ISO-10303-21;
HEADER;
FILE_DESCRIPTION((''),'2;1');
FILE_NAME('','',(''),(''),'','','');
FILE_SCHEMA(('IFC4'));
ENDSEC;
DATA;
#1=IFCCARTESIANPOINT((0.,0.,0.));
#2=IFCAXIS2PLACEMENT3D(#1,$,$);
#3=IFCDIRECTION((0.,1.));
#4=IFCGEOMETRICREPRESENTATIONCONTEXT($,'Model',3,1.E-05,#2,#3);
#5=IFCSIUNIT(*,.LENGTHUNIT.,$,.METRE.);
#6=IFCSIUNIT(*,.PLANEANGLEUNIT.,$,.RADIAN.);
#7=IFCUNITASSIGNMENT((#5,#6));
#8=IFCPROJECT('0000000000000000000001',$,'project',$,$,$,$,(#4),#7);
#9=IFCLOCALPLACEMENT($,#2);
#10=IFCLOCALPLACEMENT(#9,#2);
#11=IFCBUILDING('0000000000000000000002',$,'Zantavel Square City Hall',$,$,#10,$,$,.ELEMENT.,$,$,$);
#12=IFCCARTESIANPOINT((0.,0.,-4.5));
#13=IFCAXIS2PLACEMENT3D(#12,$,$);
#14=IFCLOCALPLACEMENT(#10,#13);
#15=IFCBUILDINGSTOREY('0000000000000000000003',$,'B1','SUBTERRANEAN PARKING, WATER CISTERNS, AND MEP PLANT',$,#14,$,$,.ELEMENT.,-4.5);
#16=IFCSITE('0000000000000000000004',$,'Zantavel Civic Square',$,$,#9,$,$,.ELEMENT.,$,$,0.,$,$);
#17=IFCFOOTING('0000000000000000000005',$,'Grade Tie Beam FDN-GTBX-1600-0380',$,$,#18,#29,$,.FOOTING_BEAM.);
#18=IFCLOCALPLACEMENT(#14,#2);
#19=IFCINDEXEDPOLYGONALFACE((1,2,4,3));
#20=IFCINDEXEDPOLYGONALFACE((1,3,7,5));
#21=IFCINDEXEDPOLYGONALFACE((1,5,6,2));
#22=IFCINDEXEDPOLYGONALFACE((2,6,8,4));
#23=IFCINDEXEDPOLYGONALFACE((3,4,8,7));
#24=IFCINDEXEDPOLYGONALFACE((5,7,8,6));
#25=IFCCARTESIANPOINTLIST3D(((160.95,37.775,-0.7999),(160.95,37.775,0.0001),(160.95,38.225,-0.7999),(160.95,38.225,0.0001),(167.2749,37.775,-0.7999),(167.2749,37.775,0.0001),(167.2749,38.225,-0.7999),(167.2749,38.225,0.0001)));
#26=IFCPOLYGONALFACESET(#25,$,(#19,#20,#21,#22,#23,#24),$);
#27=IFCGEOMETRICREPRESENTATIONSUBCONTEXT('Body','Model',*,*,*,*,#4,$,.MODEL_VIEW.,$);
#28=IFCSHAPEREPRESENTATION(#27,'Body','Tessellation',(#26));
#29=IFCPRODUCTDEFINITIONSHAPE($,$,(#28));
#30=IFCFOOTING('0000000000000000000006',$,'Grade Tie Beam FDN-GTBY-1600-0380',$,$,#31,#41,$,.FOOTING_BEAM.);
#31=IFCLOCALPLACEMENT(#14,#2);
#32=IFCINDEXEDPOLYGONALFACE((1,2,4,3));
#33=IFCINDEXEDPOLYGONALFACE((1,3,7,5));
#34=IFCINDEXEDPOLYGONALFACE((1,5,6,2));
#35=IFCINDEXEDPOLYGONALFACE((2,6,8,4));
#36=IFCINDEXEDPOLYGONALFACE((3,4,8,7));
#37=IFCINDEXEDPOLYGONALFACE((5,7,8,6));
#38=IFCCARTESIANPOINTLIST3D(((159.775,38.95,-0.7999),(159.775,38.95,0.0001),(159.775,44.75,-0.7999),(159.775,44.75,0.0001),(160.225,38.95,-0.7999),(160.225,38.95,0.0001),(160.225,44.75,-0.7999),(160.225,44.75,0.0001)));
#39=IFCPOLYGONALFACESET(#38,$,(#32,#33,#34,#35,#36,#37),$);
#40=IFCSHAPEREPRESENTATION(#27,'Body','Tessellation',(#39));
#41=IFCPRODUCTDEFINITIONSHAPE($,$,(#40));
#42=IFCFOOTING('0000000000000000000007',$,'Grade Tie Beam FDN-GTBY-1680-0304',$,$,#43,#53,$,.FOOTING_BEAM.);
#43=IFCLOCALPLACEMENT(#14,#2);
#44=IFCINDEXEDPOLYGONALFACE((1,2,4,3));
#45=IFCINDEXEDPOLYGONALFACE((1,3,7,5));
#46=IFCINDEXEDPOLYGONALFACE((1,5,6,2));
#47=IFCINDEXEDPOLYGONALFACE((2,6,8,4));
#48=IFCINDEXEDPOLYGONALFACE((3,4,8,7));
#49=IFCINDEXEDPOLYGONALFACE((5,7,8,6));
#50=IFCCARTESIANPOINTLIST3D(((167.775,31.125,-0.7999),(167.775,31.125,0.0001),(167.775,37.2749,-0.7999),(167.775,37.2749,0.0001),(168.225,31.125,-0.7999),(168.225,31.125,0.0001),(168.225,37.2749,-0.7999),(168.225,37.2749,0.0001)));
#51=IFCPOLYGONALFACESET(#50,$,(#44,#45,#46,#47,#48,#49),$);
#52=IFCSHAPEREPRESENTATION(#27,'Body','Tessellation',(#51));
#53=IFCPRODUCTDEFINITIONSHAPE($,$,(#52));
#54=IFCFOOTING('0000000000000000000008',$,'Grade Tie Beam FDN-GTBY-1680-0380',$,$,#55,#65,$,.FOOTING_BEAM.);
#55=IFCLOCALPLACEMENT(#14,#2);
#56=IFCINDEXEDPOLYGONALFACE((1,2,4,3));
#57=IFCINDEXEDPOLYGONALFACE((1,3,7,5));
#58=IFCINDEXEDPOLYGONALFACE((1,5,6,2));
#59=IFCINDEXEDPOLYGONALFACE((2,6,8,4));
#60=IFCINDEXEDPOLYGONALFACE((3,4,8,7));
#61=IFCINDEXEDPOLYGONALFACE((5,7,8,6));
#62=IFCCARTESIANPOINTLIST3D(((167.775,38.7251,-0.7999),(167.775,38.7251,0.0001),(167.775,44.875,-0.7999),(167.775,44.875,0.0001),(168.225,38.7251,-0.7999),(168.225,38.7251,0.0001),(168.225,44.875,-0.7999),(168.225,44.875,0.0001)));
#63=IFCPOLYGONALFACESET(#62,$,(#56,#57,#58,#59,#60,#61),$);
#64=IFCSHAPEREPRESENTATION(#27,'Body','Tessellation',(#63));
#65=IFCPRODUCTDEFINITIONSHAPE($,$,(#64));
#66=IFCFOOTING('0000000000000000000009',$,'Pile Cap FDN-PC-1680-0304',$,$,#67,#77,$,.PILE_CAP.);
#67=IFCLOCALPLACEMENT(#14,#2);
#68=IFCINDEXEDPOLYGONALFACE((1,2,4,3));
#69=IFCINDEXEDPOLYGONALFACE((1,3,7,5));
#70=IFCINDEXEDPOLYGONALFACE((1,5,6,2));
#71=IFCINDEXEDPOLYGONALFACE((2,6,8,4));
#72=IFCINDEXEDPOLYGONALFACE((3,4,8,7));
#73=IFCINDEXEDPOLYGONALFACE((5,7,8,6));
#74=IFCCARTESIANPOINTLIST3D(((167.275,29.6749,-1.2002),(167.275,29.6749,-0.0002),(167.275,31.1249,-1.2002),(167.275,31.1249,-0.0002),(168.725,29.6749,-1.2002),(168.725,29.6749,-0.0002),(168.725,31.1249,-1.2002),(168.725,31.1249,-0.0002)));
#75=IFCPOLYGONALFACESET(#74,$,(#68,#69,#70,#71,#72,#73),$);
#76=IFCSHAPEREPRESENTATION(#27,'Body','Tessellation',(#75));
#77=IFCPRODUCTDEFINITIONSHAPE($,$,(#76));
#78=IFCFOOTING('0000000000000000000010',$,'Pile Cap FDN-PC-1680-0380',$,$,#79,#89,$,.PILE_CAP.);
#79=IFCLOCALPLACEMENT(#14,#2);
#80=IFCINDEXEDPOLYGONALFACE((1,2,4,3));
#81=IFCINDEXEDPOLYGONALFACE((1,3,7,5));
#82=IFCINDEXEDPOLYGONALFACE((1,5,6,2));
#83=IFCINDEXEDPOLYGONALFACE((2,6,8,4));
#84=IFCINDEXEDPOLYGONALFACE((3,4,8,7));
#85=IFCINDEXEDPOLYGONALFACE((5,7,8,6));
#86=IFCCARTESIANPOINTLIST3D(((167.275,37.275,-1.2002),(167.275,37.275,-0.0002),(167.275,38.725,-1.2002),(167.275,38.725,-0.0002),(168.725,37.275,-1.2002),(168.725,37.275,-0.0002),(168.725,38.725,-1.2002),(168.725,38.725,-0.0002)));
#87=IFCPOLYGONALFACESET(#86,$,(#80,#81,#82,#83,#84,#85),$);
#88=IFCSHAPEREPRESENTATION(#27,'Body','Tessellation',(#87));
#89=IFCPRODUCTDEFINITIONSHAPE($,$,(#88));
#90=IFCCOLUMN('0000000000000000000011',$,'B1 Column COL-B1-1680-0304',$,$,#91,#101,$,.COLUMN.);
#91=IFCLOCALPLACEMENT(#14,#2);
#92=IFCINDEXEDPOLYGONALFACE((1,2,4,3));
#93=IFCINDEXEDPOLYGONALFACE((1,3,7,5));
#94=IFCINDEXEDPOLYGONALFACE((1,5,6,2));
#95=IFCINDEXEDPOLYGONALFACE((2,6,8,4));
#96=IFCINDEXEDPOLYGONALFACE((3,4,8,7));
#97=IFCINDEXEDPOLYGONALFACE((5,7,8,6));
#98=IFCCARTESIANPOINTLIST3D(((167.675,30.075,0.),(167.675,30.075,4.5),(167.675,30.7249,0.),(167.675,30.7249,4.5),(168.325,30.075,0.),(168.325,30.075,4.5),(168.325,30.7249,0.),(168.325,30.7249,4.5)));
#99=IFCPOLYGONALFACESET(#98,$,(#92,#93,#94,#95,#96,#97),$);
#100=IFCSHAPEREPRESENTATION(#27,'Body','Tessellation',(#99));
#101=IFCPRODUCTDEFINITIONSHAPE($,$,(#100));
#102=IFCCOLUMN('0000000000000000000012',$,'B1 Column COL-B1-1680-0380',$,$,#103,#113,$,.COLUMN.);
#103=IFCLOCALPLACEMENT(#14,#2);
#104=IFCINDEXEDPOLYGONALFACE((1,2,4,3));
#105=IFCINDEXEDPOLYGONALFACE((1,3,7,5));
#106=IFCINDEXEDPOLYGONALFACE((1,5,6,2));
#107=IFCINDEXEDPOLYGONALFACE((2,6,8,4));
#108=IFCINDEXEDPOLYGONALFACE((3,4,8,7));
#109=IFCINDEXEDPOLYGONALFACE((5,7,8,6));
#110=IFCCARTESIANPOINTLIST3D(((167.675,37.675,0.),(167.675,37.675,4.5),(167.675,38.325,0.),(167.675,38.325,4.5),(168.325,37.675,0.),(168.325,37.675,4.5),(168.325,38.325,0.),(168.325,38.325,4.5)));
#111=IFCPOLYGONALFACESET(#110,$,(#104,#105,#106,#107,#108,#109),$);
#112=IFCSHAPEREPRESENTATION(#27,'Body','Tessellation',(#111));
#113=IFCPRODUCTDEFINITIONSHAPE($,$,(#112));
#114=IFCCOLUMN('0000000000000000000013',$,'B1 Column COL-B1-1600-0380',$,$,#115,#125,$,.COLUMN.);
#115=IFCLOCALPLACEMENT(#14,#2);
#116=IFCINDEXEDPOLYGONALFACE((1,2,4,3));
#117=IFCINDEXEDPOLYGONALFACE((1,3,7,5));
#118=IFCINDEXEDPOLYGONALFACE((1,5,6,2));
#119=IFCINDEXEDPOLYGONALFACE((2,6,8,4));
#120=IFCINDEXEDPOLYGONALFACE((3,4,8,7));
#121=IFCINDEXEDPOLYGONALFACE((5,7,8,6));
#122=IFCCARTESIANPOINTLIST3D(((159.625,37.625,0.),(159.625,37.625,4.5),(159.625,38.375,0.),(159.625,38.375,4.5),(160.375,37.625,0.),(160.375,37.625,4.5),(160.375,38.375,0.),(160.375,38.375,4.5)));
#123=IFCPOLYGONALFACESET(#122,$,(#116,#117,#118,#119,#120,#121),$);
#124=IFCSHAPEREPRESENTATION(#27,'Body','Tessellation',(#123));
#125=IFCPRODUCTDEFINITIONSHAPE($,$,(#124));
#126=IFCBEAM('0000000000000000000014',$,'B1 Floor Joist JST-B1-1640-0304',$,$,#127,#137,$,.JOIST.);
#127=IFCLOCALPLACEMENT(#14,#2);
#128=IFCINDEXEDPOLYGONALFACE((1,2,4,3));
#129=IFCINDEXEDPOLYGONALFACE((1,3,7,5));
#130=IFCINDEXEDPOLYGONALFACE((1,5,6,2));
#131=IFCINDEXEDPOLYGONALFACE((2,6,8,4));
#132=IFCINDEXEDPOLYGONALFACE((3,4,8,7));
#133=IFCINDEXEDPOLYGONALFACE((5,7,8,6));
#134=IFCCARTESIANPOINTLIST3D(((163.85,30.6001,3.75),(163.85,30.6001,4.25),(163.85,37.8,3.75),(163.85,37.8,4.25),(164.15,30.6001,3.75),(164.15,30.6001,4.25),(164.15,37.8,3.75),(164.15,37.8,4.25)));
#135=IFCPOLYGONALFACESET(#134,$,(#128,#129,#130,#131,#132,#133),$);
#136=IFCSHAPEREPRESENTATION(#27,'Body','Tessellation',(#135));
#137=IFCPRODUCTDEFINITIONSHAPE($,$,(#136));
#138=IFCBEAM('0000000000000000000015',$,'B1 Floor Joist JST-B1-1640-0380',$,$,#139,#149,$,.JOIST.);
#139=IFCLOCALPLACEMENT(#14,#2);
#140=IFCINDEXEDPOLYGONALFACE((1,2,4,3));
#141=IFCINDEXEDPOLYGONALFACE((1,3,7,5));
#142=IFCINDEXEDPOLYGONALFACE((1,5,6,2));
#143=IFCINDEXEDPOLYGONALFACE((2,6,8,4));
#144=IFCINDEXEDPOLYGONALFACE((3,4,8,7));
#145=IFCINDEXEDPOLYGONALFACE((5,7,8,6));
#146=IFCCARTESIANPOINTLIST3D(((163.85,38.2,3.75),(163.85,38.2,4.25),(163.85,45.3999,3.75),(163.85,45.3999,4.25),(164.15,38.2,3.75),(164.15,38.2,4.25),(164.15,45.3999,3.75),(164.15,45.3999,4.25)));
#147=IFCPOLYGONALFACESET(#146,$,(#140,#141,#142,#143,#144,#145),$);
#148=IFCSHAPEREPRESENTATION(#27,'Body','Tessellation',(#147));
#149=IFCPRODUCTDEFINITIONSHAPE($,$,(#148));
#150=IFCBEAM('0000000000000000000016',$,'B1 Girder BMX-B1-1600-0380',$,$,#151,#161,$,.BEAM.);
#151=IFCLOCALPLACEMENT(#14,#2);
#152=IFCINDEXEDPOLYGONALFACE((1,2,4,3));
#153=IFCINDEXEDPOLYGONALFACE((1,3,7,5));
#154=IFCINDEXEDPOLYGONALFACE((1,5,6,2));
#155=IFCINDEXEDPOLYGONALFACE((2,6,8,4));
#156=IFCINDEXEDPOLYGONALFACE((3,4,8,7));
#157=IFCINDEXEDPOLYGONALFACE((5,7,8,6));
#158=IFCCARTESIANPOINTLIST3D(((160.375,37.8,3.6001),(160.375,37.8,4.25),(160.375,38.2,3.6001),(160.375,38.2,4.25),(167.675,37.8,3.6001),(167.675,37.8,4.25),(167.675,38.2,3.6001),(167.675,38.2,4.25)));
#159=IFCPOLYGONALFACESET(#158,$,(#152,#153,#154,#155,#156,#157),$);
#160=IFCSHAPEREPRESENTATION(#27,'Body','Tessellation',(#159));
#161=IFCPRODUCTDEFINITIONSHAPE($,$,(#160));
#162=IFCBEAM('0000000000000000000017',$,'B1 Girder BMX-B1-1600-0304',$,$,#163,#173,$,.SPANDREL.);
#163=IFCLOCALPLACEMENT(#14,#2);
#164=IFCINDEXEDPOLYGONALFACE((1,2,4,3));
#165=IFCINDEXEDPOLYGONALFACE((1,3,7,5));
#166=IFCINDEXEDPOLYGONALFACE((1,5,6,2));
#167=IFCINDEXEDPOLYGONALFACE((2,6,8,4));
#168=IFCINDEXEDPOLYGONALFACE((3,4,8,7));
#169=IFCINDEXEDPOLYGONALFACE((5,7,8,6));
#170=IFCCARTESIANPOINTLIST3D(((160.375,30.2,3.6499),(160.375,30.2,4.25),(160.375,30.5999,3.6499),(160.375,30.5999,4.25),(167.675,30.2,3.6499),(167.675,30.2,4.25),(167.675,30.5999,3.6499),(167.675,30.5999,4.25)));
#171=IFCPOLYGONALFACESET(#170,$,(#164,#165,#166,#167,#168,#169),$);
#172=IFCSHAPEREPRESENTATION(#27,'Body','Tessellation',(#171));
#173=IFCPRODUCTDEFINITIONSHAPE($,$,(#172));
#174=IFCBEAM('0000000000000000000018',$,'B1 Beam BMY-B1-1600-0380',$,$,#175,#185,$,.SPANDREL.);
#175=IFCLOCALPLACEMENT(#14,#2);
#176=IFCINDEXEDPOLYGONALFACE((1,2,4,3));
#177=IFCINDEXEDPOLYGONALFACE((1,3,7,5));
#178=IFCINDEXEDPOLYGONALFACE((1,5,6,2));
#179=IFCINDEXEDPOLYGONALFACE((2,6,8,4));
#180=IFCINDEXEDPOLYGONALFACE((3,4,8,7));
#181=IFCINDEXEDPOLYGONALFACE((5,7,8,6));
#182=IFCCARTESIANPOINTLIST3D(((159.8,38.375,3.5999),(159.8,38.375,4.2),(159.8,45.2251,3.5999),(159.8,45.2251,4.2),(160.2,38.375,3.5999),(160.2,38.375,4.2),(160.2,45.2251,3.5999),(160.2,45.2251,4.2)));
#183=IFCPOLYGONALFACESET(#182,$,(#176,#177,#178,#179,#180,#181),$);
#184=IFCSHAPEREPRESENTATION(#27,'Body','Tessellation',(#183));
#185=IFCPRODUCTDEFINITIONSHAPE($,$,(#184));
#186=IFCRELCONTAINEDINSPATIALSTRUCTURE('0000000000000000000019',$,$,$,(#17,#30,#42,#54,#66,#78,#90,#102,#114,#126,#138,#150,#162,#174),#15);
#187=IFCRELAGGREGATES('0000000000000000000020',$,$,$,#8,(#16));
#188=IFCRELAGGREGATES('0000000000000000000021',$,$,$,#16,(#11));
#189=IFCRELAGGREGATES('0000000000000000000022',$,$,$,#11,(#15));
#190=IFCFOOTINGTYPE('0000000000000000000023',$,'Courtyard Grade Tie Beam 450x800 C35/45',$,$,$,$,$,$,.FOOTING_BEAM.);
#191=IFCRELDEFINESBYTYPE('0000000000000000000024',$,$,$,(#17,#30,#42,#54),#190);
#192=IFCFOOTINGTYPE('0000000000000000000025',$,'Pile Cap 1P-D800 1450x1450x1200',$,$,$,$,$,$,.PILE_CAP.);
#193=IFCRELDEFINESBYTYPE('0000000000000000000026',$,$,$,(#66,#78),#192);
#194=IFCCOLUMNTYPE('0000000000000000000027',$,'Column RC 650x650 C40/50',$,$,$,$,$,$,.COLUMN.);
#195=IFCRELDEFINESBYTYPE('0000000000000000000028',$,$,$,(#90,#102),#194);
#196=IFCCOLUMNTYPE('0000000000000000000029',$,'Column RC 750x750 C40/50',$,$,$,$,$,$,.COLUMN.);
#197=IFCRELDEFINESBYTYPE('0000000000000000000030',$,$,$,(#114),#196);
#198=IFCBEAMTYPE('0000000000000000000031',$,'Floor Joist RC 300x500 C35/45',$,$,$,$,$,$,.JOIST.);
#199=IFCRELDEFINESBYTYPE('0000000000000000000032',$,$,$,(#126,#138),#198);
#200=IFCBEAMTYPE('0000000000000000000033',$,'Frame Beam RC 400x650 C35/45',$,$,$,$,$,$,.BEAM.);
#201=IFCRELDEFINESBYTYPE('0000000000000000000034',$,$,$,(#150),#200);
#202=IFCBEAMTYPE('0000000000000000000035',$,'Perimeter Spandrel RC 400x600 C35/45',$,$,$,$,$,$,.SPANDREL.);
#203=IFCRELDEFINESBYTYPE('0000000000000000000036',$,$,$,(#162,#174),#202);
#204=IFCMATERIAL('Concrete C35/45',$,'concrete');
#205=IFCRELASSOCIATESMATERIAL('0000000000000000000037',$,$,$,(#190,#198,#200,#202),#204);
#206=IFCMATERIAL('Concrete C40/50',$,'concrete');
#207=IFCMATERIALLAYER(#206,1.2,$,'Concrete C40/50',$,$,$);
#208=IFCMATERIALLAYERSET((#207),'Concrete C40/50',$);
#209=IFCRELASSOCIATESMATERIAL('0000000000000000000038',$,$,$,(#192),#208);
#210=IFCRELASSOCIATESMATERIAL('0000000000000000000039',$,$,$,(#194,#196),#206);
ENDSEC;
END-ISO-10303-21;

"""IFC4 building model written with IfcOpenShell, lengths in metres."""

from ifc_helpers import new_model, si_unit, direction, frame, origin, origin_2d, place, context, subcontext, project, spatial, rectangle, extrude, material, layer, layer_set, material_profile, profile_set, type_object, element, save


model = new_model("IFC4")

# Units and contexts
model_context = context("Model", 3, precision=1e-05, world=origin(), true_north=direction((0.0, 1.0)))
body_context = subcontext(model_context, "Body", "Model", "MODEL_VIEW")
ifc_project = project(units=[si_unit("LENGTHUNIT", "METRE"), si_unit("PLANEANGLEUNIT", "RADIAN")], contexts=[model_context])

# Site, building, storey
site_placement = place(None, origin())
site = spatial("IfcSite", under=ifc_project, at=site_placement, Name="Zantavel Civic Square", CompositionType="ELEMENT", RefElevation=0.0)
building_placement = place(site_placement, origin())
building = spatial("IfcBuilding", under=site, at=building_placement, Name="Zantavel Square City Hall", CompositionType="ELEMENT")
storey_placement = place(building_placement, frame((0.0, 0.0, -4.5)))
storey = spatial("IfcBuildingStorey", under=building, at=storey_placement, Name="B1", Description="SUBTERRANEAN PARKING, WATER CISTERNS, AND MEP PLANT", CompositionType="ELEMENT", Elevation=-4.5)

# Shared definitions
ifc_material_1 = material(Name="Concrete C35/45", Category="concrete")

# Footings
ifc_material_profile_1 = material_profile(ifc_material_1, rectangle(XDim=0.45, YDim=0.8, at=origin_2d()), Name="RC 450x800")
ifc_profile_set_1 = profile_set([ifc_material_profile_1], Name="Concrete C35/45")
footing_type_1 = type_object("IfcFootingType", Name="Courtyard Grade Tie Beam 450x800 C35/45", PredefinedType="FOOTING_BEAM", material=ifc_profile_set_1)
footing_1_placement = place(storey_placement, frame((160.95, 38.0, -0.3999), z_axis=(1.0, 0.0, 0.0), x_axis=(0.0, 1.0, 0.0)))
element("IfcFooting", 1, at=footing_1_placement, inside=storey, type_object=footing_type_1, Name="Grade Tie Beam FDN-GTBX-1600-0380", PredefinedType="FOOTING_BEAM", context=body_context, shape_type="SweptSolid", body=[
    extrude(rectangle(XDim=0.45, YDim=0.8, at=origin_2d()), origin(), (0.0, 0.0, 1.0), 6.325),
])
footing_2_placement = place(storey_placement, frame((160.0, 38.95, -0.3999), z_axis=(0.0, 1.0, 0.0), x_axis=(-1.0, 0.0, 0.0)))
element("IfcFooting", 2, at=footing_2_placement, inside=storey, type_object=footing_type_1, Name="Grade Tie Beam FDN-GTBY-1600-0380", PredefinedType="FOOTING_BEAM", context=body_context, shape_type="SweptSolid", body=[
    extrude(rectangle(XDim=0.45, YDim=0.8, at=origin_2d()), origin(), (0.0, 0.0, 1.0), 5.8),
])
for number, where, z_axis, x_axis, name in (
    (3, (168.0, 31.125, -0.3999), (0.0, 1.0, 0.0), (-1.0, 0.0, 0.0), "Grade Tie Beam FDN-GTBY-1680-0304"),
    (4, (168.0, 38.7251, -0.3999), (0.0, 1.0, 0.0), (-1.0, 0.0, 0.0), "Grade Tie Beam FDN-GTBY-1680-0380"),
):
    element("IfcFooting", number, at=place(storey_placement, frame(where, z_axis=z_axis, x_axis=x_axis)), inside=storey, type_object=footing_type_1, Name=name, PredefinedType="FOOTING_BEAM", context=body_context, shape_type="SweptSolid", body=[
        extrude(rectangle(XDim=0.45, YDim=0.8, at=origin_2d()), origin(), (0.0, 0.0, 1.0), 6.1499),
    ])
ifc_material_2 = material(Name="Concrete C40/50", Category="concrete")
ifc_layer = layer(ifc_material_2, 1.2, Name="Concrete C40/50")
ifc_layer_set = layer_set([ifc_layer], Name="Concrete C40/50")
footing_type_2 = type_object("IfcFootingType", Name="Pile Cap 1P-D800 1450x1450x1200", PredefinedType="PILE_CAP", material=ifc_layer_set)
for number, where, z_axis, x_axis, name in (
    (5, (168.0, 30.3999, -1.2002), (0.0, 0.0, 1.0), (1.0, 0.0, 0.0), "Pile Cap FDN-PC-1680-0304"),
    (6, (168.0, 38.0, -1.2002), (0.0, 0.0, 1.0), (1.0, 0.0, 0.0), "Pile Cap FDN-PC-1680-0380"),
):
    element("IfcFooting", number, at=place(storey_placement, frame(where, z_axis=z_axis, x_axis=x_axis)), inside=storey, type_object=footing_type_2, Name=name, PredefinedType="PILE_CAP", context=body_context, shape_type="SweptSolid", body=[
        extrude(rectangle(XDim=1.45, YDim=1.45, at=origin_2d()), origin(), (0.0, 0.0, 1.0), 1.2),
    ])

# Columns
ifc_material_profile_2 = material_profile(ifc_material_2, rectangle(XDim=0.6499, YDim=0.6499, at=origin_2d()), Name="RC 650x650")
ifc_profile_set_2 = profile_set([ifc_material_profile_2], Name="Concrete C40/50")
column_type_1 = type_object("IfcColumnType", Name="Column RC 650x650 C40/50", PredefinedType="COLUMN", material=ifc_profile_set_2)
for number, where, z_axis, x_axis, name in (
    (7, (168.0, 30.3999, 0.0), (0.0, 0.0, 1.0), (1.0, 0.0, 0.0), "B1 Column COL-B1-1680-0304"),
    (8, (168.0, 38.0, 0.0), (0.0, 0.0, 1.0), (1.0, 0.0, 0.0), "B1 Column COL-B1-1680-0380"),
):
    element("IfcColumn", number, at=place(storey_placement, frame(where, z_axis=z_axis, x_axis=x_axis)), inside=storey, type_object=column_type_1, Name=name, PredefinedType="COLUMN", context=body_context, shape_type="SweptSolid", body=[
        extrude(rectangle(XDim=0.6499, YDim=0.6499, at=origin_2d()), origin(), (0.0, 0.0, 1.0), 4.5),
    ])
ifc_material_profile_3 = material_profile(ifc_material_2, rectangle(XDim=0.75, YDim=0.75, at=origin_2d()), Name="RC 750x750")
ifc_profile_set_3 = profile_set([ifc_material_profile_3], Name="Concrete C40/50")
column_type_2 = type_object("IfcColumnType", Name="Column RC 750x750 C40/50", PredefinedType="COLUMN", material=ifc_profile_set_3)
column_placement = place(storey_placement, frame((160.0, 38.0, 0.0), z_axis=(0.0, 0.0, 1.0), x_axis=(1.0, 0.0, 0.0)))
element("IfcColumn", 9, at=column_placement, inside=storey, type_object=column_type_2, Name="B1 Column COL-B1-1600-0380", PredefinedType="COLUMN", context=body_context, shape_type="SweptSolid", body=[
    extrude(rectangle(XDim=0.75, YDim=0.75, at=origin_2d()), origin(), (0.0, 0.0, 1.0), 4.5),
])

# Beams
ifc_material_profile_4 = material_profile(ifc_material_1, rectangle(XDim=0.3, YDim=0.5, at=origin_2d()), Name="RC 300x500")
ifc_profile_set_4 = profile_set([ifc_material_profile_4], Name="Concrete C35/45")
beam_type_1 = type_object("IfcBeamType", Name="Floor Joist RC 300x500 C35/45", PredefinedType="JOIST", material=ifc_profile_set_4)
for number, where, z_axis, x_axis, name in (
    (10, (164.0, 30.6001, 4.0), (0.0, 1.0, 0.0), (-1.0, 0.0, 0.0), "B1 Floor Joist JST-B1-1640-0304"),
    (11, (164.0, 38.2, 4.0), (0.0, 1.0, 0.0), (-1.0, 0.0, 0.0), "B1 Floor Joist JST-B1-1640-0380"),
):
    element("IfcBeam", number, at=place(storey_placement, frame(where, z_axis=z_axis, x_axis=x_axis)), inside=storey, type_object=beam_type_1, Name=name, PredefinedType="JOIST", context=body_context, shape_type="SweptSolid", body=[
        extrude(rectangle(XDim=0.3, YDim=0.5, at=origin_2d()), origin(), (0.0, 0.0, 1.0), 7.2),
    ])
ifc_material_profile_5 = material_profile(ifc_material_1, rectangle(XDim=0.3999, YDim=0.6499, at=origin_2d()), Name="RC 400x650")
ifc_profile_set_5 = profile_set([ifc_material_profile_5], Name="Concrete C35/45")
beam_type_2 = type_object("IfcBeamType", Name="Frame Beam RC 400x650 C35/45", PredefinedType="BEAM", material=ifc_profile_set_5)
beam_1_placement = place(storey_placement, frame((160.375, 38.0, 3.925), z_axis=(1.0, 0.0, 0.0), x_axis=(0.0, 1.0, 0.0)))
element("IfcBeam", 12, at=beam_1_placement, inside=storey, type_object=beam_type_2, Name="B1 Girder BMX-B1-1600-0380", PredefinedType="BEAM", context=body_context, shape_type="SweptSolid", body=[
    extrude(rectangle(XDim=0.3999, YDim=0.6499, at=origin_2d()), origin(), (0.0, 0.0, 1.0), 7.3),
])
ifc_material_profile_6 = material_profile(ifc_material_1, rectangle(XDim=0.3999, YDim=0.6001, at=origin_2d()), Name="RC 400x600")
ifc_profile_set_6 = profile_set([ifc_material_profile_6], Name="Concrete C35/45")
beam_type_3 = type_object("IfcBeamType", Name="Perimeter Spandrel RC 400x600 C35/45", PredefinedType="SPANDREL", material=ifc_profile_set_6)
beam_2_placement = place(storey_placement, frame((160.375, 30.3999, 3.95), z_axis=(1.0, 0.0, 0.0), x_axis=(0.0, 1.0, 0.0)))
element("IfcBeam", 13, at=beam_2_placement, inside=storey, type_object=beam_type_3, Name="B1 Girder BMX-B1-1600-0304", PredefinedType="SPANDREL", context=body_context, shape_type="SweptSolid", body=[
    extrude(rectangle(XDim=0.3999, YDim=0.6001, at=origin_2d()), origin(), (0.0, 0.0, 1.0), 7.3),
])
beam_3_placement = place(storey_placement, frame((160.0, 38.375, 3.8999), z_axis=(0.0, 1.0, 0.0), x_axis=(-1.0, 0.0, 0.0)))
element("IfcBeam", 14, at=beam_3_placement, inside=storey, type_object=beam_type_3, Name="B1 Beam BMY-B1-1600-0380", PredefinedType="SPANDREL", context=body_context, shape_type="SweptSolid", body=[
    extrude(rectangle(XDim=0.3999, YDim=0.6001, at=origin_2d()), origin(), (0.0, 0.0, 1.0), 6.8501),
])

save(model, "model.ifc")
